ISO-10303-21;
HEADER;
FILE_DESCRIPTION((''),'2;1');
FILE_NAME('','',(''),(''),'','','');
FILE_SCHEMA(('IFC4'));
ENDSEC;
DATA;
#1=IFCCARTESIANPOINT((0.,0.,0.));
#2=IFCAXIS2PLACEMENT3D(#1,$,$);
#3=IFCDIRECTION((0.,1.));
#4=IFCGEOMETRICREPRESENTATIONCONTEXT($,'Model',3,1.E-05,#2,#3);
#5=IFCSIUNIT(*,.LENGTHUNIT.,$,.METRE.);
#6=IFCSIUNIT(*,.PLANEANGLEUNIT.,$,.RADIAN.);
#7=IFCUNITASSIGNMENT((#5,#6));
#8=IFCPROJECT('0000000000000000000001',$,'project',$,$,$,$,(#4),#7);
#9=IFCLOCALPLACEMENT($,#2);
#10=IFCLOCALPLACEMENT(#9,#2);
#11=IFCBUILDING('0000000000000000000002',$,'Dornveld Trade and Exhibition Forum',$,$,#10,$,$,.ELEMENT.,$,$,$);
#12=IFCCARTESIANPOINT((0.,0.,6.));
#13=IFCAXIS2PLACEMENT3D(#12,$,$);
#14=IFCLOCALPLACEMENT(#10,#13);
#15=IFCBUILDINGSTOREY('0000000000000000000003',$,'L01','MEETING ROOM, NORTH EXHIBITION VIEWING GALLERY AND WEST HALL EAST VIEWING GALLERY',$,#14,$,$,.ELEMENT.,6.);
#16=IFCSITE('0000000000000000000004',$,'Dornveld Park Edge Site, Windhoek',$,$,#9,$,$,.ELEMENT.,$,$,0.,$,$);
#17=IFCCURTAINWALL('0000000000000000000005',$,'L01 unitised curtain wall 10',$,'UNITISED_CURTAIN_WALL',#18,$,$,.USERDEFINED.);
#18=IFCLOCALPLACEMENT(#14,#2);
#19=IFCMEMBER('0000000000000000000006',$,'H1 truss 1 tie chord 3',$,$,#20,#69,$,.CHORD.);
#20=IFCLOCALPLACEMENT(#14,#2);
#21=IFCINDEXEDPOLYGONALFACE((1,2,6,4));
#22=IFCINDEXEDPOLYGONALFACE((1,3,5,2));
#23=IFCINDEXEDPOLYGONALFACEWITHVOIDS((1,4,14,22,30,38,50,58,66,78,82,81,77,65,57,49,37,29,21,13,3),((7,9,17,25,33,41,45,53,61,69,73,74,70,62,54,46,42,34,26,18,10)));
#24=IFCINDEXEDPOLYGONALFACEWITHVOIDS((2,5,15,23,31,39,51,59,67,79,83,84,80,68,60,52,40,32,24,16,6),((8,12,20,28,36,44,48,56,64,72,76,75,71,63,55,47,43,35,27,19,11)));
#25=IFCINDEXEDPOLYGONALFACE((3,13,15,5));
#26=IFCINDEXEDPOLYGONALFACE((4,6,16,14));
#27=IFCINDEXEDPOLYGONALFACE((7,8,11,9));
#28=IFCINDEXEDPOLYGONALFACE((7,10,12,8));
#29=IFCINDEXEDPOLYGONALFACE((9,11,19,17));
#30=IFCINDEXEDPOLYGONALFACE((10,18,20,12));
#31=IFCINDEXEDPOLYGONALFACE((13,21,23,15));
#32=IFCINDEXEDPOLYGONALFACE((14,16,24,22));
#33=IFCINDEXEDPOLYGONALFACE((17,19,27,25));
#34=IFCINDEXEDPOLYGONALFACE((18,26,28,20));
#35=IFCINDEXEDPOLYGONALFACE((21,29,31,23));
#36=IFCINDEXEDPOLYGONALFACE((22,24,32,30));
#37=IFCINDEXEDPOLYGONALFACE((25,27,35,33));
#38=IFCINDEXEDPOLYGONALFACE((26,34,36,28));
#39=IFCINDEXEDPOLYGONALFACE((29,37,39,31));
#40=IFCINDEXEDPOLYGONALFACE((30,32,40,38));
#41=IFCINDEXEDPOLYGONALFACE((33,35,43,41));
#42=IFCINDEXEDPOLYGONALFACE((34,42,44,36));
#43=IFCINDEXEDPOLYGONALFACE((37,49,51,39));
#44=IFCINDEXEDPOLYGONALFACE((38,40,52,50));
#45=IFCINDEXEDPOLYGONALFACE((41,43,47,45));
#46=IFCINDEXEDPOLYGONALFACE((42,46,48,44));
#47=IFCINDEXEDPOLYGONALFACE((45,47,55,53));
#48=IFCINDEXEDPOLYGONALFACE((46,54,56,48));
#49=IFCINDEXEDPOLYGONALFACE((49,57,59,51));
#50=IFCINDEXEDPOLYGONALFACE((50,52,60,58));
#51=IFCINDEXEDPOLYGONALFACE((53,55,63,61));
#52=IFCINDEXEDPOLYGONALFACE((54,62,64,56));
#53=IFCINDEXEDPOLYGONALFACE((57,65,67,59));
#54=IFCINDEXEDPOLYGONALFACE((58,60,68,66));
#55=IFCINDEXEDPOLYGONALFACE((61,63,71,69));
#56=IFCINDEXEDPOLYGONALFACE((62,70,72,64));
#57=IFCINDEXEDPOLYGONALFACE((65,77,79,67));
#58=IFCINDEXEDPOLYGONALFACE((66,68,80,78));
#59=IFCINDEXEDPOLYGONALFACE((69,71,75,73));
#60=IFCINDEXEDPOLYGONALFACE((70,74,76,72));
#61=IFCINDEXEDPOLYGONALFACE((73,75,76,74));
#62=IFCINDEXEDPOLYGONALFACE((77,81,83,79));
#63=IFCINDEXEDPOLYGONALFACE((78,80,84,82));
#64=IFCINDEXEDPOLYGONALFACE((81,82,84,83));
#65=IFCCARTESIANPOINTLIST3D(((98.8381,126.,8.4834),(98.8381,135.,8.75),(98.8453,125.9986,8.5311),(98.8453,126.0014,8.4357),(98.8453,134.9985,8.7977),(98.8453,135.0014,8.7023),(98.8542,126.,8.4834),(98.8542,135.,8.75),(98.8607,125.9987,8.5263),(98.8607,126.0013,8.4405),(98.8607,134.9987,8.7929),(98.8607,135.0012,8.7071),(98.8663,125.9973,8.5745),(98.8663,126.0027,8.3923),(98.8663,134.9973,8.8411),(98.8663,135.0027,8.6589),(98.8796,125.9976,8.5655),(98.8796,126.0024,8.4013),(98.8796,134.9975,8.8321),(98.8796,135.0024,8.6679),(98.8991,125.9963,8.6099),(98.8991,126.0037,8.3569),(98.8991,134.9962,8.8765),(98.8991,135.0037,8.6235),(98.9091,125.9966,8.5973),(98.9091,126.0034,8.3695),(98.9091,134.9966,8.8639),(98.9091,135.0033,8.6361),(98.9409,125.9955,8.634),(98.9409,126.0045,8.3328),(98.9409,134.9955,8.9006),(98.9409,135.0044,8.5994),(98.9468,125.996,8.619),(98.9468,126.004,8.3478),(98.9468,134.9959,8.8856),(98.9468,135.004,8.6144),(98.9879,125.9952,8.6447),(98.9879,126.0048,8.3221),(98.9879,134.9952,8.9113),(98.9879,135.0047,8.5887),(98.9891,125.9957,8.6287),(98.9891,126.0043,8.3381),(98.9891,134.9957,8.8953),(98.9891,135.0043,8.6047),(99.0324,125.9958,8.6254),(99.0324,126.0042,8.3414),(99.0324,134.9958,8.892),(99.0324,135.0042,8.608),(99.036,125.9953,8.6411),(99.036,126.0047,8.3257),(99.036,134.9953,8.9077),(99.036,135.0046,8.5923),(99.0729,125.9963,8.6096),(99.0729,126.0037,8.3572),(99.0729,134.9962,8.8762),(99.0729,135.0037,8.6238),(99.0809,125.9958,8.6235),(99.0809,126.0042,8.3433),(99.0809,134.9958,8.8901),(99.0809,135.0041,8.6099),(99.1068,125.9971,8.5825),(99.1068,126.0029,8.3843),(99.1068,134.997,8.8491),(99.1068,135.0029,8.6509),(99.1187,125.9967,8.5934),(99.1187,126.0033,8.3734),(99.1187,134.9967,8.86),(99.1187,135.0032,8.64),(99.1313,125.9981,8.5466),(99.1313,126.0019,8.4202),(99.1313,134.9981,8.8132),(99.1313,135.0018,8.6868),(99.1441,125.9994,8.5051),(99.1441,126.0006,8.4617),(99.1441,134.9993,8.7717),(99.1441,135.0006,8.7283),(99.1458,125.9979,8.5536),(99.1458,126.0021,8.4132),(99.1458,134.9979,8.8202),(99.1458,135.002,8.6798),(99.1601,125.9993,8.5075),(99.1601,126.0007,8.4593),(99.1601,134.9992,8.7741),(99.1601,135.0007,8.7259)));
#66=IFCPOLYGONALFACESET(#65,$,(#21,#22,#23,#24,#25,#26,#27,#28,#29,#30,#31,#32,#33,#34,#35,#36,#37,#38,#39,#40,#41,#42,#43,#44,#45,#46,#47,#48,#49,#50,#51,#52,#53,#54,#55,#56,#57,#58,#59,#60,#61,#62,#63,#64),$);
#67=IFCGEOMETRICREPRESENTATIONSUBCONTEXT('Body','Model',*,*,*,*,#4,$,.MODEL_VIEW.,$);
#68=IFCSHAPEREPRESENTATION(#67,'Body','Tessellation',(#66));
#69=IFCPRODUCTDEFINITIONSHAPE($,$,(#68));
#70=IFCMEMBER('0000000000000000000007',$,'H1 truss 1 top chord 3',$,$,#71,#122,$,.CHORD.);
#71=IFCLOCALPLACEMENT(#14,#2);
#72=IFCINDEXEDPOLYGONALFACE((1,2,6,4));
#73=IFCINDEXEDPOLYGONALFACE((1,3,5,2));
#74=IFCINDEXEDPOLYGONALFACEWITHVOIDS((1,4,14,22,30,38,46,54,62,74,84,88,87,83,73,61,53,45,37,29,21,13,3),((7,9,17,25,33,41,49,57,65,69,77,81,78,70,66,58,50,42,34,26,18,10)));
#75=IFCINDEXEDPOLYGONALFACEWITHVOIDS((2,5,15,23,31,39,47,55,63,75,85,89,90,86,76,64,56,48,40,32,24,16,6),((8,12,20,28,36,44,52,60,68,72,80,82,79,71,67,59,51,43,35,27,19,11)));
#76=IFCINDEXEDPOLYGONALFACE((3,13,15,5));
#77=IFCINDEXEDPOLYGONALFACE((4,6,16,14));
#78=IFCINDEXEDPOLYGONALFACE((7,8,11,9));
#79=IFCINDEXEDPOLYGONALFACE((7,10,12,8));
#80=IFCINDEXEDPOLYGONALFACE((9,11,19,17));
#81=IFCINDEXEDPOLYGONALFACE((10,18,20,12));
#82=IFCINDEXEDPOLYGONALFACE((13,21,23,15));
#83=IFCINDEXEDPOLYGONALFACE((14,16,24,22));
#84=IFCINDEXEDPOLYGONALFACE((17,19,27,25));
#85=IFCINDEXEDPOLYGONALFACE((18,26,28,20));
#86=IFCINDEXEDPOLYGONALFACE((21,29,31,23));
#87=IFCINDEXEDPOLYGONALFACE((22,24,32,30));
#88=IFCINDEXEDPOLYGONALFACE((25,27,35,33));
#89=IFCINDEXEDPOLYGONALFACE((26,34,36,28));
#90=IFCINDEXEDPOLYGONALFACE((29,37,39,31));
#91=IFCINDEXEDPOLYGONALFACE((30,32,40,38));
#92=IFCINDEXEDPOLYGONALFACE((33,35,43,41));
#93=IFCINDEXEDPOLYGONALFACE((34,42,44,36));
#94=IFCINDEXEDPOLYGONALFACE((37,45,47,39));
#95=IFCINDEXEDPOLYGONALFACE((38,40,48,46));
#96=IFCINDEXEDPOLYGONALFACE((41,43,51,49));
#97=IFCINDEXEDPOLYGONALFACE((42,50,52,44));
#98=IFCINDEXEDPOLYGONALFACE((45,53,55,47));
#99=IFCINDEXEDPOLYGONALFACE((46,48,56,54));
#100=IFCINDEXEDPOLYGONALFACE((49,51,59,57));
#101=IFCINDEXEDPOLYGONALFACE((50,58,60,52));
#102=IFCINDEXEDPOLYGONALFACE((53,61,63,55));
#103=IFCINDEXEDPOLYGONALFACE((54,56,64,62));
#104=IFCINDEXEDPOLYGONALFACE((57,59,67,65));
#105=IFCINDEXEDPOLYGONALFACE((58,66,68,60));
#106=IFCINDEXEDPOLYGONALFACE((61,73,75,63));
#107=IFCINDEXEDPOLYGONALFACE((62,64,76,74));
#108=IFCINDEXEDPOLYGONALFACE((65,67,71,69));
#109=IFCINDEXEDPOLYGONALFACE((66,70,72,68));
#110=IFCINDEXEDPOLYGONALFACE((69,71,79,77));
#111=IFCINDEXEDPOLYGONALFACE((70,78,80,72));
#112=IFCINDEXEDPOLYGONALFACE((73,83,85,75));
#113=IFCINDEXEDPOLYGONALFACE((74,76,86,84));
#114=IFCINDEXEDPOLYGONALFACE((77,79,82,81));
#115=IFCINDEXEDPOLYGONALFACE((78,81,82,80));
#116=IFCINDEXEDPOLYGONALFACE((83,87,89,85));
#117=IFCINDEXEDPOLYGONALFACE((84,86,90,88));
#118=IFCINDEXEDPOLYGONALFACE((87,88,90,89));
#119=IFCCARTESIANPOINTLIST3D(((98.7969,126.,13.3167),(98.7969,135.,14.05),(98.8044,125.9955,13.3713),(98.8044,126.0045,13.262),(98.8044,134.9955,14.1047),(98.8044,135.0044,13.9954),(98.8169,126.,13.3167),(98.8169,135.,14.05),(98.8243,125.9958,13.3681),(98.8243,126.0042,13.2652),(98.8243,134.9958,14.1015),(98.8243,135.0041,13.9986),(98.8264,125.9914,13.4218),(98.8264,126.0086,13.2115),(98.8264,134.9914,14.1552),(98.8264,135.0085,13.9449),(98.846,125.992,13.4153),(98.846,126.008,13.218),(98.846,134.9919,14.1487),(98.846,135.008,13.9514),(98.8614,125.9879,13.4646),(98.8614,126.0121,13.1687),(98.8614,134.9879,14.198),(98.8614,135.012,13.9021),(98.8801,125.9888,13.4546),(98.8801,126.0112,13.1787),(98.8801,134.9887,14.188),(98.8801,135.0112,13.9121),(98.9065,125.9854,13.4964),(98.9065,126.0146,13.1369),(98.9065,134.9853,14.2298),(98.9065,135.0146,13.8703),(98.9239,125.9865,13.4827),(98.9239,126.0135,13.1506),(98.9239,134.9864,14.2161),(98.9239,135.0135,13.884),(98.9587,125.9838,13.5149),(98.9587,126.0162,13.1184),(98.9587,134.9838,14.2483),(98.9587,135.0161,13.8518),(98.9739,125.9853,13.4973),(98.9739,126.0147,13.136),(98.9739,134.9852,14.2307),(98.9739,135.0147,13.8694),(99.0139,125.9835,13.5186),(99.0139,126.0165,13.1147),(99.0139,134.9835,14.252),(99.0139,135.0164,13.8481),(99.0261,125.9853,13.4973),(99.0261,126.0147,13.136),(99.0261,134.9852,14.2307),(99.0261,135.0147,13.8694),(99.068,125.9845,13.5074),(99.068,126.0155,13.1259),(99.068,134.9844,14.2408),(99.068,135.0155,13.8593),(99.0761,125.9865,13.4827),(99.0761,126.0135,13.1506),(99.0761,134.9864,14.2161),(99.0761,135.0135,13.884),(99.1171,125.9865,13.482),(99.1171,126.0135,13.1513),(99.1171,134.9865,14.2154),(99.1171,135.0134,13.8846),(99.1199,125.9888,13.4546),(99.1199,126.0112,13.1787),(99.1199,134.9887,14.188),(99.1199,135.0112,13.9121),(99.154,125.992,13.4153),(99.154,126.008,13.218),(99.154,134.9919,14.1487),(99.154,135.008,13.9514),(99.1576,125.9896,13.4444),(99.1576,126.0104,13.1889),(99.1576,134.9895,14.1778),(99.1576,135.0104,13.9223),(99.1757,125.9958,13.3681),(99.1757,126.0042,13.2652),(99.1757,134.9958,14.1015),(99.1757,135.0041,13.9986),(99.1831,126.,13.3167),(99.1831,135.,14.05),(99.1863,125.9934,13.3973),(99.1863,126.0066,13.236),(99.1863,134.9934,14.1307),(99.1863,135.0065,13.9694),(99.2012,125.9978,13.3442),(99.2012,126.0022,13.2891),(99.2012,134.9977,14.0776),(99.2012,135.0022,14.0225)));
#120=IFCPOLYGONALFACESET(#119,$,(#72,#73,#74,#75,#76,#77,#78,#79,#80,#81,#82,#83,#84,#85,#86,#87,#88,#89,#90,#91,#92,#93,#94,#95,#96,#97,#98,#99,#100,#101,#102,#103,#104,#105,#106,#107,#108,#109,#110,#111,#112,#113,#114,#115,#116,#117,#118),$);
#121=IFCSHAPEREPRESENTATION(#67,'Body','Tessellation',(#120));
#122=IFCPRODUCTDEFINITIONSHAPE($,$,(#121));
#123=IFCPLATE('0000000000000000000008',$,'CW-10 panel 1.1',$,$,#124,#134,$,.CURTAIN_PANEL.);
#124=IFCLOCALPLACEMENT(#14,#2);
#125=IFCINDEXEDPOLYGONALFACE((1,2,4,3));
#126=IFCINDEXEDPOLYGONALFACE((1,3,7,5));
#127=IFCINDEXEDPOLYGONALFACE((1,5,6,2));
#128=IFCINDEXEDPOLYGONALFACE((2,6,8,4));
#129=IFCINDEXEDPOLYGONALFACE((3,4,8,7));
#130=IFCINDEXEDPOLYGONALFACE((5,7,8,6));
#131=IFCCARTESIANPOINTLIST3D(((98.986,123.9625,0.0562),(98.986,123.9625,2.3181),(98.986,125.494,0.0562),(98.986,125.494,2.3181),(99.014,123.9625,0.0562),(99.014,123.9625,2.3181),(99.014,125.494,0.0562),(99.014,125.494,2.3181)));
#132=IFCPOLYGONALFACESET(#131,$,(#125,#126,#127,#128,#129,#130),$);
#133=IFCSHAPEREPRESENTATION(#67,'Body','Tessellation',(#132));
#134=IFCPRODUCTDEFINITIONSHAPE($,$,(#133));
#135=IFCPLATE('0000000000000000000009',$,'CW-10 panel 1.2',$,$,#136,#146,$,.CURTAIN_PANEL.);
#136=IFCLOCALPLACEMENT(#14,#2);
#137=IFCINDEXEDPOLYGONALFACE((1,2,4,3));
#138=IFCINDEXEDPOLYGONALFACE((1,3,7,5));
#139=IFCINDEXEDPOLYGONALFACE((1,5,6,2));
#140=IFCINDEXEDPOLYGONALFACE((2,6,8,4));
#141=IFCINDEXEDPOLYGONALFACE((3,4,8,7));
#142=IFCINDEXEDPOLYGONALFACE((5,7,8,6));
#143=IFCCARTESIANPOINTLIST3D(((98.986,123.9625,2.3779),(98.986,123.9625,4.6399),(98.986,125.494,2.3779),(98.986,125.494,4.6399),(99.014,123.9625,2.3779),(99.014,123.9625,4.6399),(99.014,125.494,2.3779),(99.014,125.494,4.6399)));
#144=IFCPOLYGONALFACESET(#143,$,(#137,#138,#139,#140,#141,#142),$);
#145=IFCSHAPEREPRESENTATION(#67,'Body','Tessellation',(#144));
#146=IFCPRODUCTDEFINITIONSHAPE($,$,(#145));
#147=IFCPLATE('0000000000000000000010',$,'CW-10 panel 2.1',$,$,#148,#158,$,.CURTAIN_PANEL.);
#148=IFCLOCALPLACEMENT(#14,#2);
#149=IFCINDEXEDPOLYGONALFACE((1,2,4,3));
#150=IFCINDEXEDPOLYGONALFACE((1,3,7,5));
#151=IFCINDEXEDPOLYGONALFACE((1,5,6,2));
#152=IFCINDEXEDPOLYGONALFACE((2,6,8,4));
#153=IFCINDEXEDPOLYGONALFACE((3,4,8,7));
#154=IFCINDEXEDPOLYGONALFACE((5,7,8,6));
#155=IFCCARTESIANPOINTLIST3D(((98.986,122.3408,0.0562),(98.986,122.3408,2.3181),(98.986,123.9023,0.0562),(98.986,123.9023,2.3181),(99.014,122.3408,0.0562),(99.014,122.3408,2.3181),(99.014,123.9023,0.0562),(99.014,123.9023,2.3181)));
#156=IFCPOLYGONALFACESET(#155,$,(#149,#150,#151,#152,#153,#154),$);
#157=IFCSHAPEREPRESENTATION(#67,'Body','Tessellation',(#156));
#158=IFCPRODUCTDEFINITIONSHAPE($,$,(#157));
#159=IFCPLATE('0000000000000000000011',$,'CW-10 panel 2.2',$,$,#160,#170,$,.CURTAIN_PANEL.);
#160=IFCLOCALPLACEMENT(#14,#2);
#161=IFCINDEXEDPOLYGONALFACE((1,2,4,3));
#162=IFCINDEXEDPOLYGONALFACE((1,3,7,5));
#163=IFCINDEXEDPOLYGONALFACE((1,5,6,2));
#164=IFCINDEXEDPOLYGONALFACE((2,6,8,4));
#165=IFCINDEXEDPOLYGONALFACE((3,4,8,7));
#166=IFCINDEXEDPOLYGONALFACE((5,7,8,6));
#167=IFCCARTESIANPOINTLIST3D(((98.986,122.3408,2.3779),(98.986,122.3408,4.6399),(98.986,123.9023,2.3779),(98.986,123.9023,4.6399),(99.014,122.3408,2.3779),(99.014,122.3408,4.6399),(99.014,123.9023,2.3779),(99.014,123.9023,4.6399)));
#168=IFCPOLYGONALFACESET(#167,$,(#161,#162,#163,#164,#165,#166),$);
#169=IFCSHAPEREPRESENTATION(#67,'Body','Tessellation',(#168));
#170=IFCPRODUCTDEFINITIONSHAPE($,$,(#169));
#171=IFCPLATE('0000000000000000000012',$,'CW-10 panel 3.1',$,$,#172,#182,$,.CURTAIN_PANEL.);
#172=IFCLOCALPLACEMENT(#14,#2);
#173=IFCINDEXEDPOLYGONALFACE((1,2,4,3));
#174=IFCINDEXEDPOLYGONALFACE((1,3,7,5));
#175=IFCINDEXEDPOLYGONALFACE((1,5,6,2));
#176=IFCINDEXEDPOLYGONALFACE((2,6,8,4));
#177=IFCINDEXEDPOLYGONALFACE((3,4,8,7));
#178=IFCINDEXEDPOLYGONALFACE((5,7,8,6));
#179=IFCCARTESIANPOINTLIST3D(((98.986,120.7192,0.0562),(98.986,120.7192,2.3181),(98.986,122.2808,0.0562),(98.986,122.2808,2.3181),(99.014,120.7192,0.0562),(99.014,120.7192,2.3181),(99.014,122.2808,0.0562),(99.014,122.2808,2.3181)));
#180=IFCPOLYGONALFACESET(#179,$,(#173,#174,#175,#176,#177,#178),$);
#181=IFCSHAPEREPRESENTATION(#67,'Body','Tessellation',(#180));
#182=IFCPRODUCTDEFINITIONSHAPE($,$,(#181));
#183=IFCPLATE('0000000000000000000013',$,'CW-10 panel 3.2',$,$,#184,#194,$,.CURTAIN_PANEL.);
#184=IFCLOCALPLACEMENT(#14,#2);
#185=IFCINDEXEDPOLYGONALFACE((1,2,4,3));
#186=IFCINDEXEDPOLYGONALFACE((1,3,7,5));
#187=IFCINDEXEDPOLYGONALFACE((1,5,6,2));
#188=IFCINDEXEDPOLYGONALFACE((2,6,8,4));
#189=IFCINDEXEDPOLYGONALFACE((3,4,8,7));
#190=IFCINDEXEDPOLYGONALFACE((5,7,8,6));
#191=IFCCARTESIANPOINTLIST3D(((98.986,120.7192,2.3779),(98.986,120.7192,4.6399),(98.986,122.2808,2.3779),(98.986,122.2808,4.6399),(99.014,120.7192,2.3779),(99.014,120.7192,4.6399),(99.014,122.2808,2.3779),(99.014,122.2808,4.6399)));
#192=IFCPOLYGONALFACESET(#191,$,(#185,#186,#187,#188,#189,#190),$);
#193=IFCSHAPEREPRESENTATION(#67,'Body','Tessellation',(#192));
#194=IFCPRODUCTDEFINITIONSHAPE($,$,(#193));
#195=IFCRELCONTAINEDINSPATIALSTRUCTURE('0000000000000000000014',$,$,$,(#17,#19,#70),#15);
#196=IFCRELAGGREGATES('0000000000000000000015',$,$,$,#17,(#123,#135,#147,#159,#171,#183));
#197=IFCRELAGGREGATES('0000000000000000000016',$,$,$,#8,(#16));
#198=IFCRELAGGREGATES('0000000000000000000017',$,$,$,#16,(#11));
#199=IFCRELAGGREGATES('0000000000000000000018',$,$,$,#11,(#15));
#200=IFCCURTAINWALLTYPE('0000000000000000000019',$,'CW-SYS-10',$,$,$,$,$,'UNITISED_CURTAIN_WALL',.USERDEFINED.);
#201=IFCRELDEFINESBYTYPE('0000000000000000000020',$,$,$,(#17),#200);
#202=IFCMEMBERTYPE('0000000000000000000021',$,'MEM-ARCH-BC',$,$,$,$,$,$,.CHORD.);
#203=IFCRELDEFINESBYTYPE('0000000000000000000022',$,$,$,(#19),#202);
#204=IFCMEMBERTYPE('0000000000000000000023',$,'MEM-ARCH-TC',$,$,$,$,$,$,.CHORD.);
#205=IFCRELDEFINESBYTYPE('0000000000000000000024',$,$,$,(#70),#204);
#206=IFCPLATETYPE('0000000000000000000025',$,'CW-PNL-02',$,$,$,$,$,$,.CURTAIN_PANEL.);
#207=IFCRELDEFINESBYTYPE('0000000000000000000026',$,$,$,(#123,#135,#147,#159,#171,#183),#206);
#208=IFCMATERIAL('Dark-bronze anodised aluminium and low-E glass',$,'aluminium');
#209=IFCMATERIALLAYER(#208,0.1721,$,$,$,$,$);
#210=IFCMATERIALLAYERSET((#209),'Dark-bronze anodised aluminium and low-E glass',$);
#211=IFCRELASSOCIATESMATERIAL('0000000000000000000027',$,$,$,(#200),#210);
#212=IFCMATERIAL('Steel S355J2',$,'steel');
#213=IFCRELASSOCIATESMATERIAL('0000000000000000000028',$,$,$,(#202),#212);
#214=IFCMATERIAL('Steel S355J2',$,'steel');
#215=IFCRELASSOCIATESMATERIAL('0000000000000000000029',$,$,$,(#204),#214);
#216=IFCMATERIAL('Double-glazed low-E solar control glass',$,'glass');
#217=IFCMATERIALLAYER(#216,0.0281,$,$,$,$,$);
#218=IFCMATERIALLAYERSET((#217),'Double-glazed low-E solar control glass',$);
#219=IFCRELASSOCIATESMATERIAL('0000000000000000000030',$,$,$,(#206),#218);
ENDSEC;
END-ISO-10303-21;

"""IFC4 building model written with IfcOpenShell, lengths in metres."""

from ifc_helpers import new_model, si_unit, direction, frame, origin, origin_2d, place, context, subcontext, project, spatial, rectangle, hollow_circle, extrude, material, layer, layer_set, material_profile, profile_set, type_object, element, aggregate, save


model = new_model("IFC4")

# Units and contexts
model_context = context("Model", 3, precision=1e-05, world=origin(), true_north=direction((0.0, 1.0)))
body_context = subcontext(model_context, "Body", "Model", "MODEL_VIEW")
ifc_project = project(units=[si_unit("LENGTHUNIT", "METRE"), si_unit("PLANEANGLEUNIT", "RADIAN")], contexts=[model_context])

# Site, building, storey
site_placement = place(None, origin())
site = spatial("IfcSite", under=ifc_project, at=site_placement, Name="Dornveld Park Edge Site, Windhoek", CompositionType="ELEMENT", RefElevation=0.0)
building_placement = place(site_placement, origin())
building = spatial("IfcBuilding", under=site, at=building_placement, Name="Dornveld Trade and Exhibition Forum", CompositionType="ELEMENT")
storey_placement = place(building_placement, frame((0.0, 0.0, 6.0)))
storey = spatial("IfcBuildingStorey", under=building, at=storey_placement, Name="L01", Description="MEETING ROOM, NORTH EXHIBITION VIEWING GALLERY AND WEST HALL EAST VIEWING GALLERY", CompositionType="ELEMENT", Elevation=6.0)

# Curtain wall
ifc_material_1 = material(Name="Dark-bronze anodised aluminium and low-E glass", Category="aluminium")
ifc_layer_1 = layer(ifc_material_1, 0.1721)
ifc_layer_set_1 = layer_set([ifc_layer_1], Name="Dark-bronze anodised aluminium and low-E glass")
curtain_wall_type = type_object("IfcCurtainWallType", Name="CW-SYS-10", ElementType="UNITISED_CURTAIN_WALL", PredefinedType="USERDEFINED", material=ifc_layer_set_1)
curtain_wall_placement = place(storey_placement, origin())
curtain_wall = element("IfcCurtainWall", 1, at=curtain_wall_placement, inside=storey, type_object=curtain_wall_type, Name="L01 unitised curtain wall 10", ObjectType="UNITISED_CURTAIN_WALL", PredefinedType="USERDEFINED")

# Members
ifc_material_2 = material(Name="Steel S355J2", Category="steel")
ifc_material_profile_1 = material_profile(ifc_material_2, hollow_circle(Radius=0.1619, WallThickness=0.0161, at=origin_2d()), Name="CHS 323.9x16")
ifc_profile_set_1 = profile_set([ifc_material_profile_1], Name="Steel S355J2")
member_type_1 = type_object("IfcMemberType", Name="MEM-ARCH-BC", PredefinedType="CHORD", material=ifc_profile_set_1)
member_1_placement = place(storey_placement, frame((99.0, 126.0, 8.4834), z_axis=(0.0, 0.999562, 0.029609), x_axis=(-1.0, 0.0, 0.0)))
element("IfcMember", 2, at=member_1_placement, inside=storey, type_object=member_type_1, Name="H1 truss 1 tie chord 3", PredefinedType="CHORD", context=body_context, shape_type="SweptSolid", body=[
    extrude(hollow_circle(Radius=0.1619, WallThickness=0.0161, at=origin_2d()), origin(), (0.0, 0.0, 1.0), 9.0039),
])
ifc_material_3 = material(Name="Steel S355J2", Category="steel")
ifc_material_profile_2 = material_profile(ifc_material_3, hollow_circle(Radius=0.2031, WallThickness=0.02, at=origin_2d()), Name="CHS 406.4x20")
ifc_profile_set_2 = profile_set([ifc_material_profile_2], Name="Steel S355J2")
member_type_2 = type_object("IfcMemberType", Name="MEM-ARCH-TC", PredefinedType="CHORD", material=ifc_profile_set_2)
member_2_placement = place(storey_placement, frame((99.0, 126.0, 13.3167), z_axis=(0.0, 0.996696, 0.081219), x_axis=(-1.0, 0.0, 0.0)))
element("IfcMember", 3, at=member_2_placement, inside=storey, type_object=member_type_2, Name="H1 truss 1 top chord 3", PredefinedType="CHORD", context=body_context, shape_type="SweptSolid", body=[
    extrude(hollow_circle(Radius=0.2031, WallThickness=0.02, at=origin_2d()), origin(), (0.0, 0.0, 1.0), 9.0298),
])

# Plates
ifc_material_4 = material(Name="Double-glazed low-E solar control glass", Category="glass")
ifc_layer_2 = layer(ifc_material_4, 0.0281)
ifc_layer_set_2 = layer_set([ifc_layer_2], Name="Double-glazed low-E solar control glass")
plate_type = type_object("IfcPlateType", Name="CW-PNL-02", PredefinedType="CURTAIN_PANEL", material=ifc_layer_set_2)
plate_1_placement = place(storey_placement, frame((99.0, 124.7283, 0.0562), z_axis=(0.0, 0.0, 1.0), x_axis=(0.0, -1.0, 0.0)))
plate_1 = element("IfcPlate", 4, at=plate_1_placement, type_object=plate_type, Name="CW-10 panel 1.1", PredefinedType="CURTAIN_PANEL", context=body_context, shape_type="SweptSolid", body=[
    extrude(rectangle(XDim=1.5315, YDim=0.0281, at=origin_2d()), origin(), (0.0, 0.0, 1.0), 2.262),
])
plate_2_placement = place(storey_placement, frame((99.0, 124.7283, 2.3779), z_axis=(0.0, 0.0, 1.0), x_axis=(0.0, -1.0, 0.0)))
plate_2 = element("IfcPlate", 5, at=plate_2_placement, type_object=plate_type, Name="CW-10 panel 1.2", PredefinedType="CURTAIN_PANEL", context=body_context, shape_type="SweptSolid", body=[
    extrude(rectangle(XDim=1.5315, YDim=0.0281, at=origin_2d()), origin(), (0.0, 0.0, 1.0), 2.262),
])
plate_3_placement = place(storey_placement, frame((99.0, 123.1216, 0.0562), z_axis=(0.0, 0.0, 1.0), x_axis=(0.0, -1.0, 0.0)))
plate_3 = element("IfcPlate", 6, at=plate_3_placement, type_object=plate_type, Name="CW-10 panel 2.1", PredefinedType="CURTAIN_PANEL", context=body_context, shape_type="SweptSolid", body=[
    extrude(rectangle(XDim=1.5615, YDim=0.0281, at=origin_2d()), origin(), (0.0, 0.0, 1.0), 2.262),
])
plate_4_placement = place(storey_placement, frame((99.0, 123.1216, 2.3779), z_axis=(0.0, 0.0, 1.0), x_axis=(0.0, -1.0, 0.0)))
plate_4 = element("IfcPlate", 7, at=plate_4_placement, type_object=plate_type, Name="CW-10 panel 2.2", PredefinedType="CURTAIN_PANEL", context=body_context, shape_type="SweptSolid", body=[
    extrude(rectangle(XDim=1.5615, YDim=0.0281, at=origin_2d()), origin(), (0.0, 0.0, 1.0), 2.262),
])
plate_5_placement = place(storey_placement, frame((99.0, 121.5, 0.0562), z_axis=(0.0, 0.0, 1.0), x_axis=(0.0, -1.0, 0.0)))
plate_5 = element("IfcPlate", 8, at=plate_5_placement, type_object=plate_type, Name="CW-10 panel 3.1", PredefinedType="CURTAIN_PANEL", context=body_context, shape_type="SweptSolid", body=[
    extrude(rectangle(XDim=1.5615, YDim=0.0281, at=origin_2d()), origin(), (0.0, 0.0, 1.0), 2.262),
])
plate_6_placement = place(storey_placement, frame((99.0, 121.5, 2.3779), z_axis=(0.0, 0.0, 1.0), x_axis=(0.0, -1.0, 0.0)))
plate_6 = element("IfcPlate", 9, at=plate_6_placement, type_object=plate_type, Name="CW-10 panel 3.2", PredefinedType="CURTAIN_PANEL", context=body_context, shape_type="SweptSolid", body=[
    extrude(rectangle(XDim=1.5615, YDim=0.0281, at=origin_2d()), origin(), (0.0, 0.0, 1.0), 2.262),
])
aggregate(curtain_wall, [plate_1, plate_2, plate_3, plate_4, plate_5, plate_6])

save(model, "model.ifc")
